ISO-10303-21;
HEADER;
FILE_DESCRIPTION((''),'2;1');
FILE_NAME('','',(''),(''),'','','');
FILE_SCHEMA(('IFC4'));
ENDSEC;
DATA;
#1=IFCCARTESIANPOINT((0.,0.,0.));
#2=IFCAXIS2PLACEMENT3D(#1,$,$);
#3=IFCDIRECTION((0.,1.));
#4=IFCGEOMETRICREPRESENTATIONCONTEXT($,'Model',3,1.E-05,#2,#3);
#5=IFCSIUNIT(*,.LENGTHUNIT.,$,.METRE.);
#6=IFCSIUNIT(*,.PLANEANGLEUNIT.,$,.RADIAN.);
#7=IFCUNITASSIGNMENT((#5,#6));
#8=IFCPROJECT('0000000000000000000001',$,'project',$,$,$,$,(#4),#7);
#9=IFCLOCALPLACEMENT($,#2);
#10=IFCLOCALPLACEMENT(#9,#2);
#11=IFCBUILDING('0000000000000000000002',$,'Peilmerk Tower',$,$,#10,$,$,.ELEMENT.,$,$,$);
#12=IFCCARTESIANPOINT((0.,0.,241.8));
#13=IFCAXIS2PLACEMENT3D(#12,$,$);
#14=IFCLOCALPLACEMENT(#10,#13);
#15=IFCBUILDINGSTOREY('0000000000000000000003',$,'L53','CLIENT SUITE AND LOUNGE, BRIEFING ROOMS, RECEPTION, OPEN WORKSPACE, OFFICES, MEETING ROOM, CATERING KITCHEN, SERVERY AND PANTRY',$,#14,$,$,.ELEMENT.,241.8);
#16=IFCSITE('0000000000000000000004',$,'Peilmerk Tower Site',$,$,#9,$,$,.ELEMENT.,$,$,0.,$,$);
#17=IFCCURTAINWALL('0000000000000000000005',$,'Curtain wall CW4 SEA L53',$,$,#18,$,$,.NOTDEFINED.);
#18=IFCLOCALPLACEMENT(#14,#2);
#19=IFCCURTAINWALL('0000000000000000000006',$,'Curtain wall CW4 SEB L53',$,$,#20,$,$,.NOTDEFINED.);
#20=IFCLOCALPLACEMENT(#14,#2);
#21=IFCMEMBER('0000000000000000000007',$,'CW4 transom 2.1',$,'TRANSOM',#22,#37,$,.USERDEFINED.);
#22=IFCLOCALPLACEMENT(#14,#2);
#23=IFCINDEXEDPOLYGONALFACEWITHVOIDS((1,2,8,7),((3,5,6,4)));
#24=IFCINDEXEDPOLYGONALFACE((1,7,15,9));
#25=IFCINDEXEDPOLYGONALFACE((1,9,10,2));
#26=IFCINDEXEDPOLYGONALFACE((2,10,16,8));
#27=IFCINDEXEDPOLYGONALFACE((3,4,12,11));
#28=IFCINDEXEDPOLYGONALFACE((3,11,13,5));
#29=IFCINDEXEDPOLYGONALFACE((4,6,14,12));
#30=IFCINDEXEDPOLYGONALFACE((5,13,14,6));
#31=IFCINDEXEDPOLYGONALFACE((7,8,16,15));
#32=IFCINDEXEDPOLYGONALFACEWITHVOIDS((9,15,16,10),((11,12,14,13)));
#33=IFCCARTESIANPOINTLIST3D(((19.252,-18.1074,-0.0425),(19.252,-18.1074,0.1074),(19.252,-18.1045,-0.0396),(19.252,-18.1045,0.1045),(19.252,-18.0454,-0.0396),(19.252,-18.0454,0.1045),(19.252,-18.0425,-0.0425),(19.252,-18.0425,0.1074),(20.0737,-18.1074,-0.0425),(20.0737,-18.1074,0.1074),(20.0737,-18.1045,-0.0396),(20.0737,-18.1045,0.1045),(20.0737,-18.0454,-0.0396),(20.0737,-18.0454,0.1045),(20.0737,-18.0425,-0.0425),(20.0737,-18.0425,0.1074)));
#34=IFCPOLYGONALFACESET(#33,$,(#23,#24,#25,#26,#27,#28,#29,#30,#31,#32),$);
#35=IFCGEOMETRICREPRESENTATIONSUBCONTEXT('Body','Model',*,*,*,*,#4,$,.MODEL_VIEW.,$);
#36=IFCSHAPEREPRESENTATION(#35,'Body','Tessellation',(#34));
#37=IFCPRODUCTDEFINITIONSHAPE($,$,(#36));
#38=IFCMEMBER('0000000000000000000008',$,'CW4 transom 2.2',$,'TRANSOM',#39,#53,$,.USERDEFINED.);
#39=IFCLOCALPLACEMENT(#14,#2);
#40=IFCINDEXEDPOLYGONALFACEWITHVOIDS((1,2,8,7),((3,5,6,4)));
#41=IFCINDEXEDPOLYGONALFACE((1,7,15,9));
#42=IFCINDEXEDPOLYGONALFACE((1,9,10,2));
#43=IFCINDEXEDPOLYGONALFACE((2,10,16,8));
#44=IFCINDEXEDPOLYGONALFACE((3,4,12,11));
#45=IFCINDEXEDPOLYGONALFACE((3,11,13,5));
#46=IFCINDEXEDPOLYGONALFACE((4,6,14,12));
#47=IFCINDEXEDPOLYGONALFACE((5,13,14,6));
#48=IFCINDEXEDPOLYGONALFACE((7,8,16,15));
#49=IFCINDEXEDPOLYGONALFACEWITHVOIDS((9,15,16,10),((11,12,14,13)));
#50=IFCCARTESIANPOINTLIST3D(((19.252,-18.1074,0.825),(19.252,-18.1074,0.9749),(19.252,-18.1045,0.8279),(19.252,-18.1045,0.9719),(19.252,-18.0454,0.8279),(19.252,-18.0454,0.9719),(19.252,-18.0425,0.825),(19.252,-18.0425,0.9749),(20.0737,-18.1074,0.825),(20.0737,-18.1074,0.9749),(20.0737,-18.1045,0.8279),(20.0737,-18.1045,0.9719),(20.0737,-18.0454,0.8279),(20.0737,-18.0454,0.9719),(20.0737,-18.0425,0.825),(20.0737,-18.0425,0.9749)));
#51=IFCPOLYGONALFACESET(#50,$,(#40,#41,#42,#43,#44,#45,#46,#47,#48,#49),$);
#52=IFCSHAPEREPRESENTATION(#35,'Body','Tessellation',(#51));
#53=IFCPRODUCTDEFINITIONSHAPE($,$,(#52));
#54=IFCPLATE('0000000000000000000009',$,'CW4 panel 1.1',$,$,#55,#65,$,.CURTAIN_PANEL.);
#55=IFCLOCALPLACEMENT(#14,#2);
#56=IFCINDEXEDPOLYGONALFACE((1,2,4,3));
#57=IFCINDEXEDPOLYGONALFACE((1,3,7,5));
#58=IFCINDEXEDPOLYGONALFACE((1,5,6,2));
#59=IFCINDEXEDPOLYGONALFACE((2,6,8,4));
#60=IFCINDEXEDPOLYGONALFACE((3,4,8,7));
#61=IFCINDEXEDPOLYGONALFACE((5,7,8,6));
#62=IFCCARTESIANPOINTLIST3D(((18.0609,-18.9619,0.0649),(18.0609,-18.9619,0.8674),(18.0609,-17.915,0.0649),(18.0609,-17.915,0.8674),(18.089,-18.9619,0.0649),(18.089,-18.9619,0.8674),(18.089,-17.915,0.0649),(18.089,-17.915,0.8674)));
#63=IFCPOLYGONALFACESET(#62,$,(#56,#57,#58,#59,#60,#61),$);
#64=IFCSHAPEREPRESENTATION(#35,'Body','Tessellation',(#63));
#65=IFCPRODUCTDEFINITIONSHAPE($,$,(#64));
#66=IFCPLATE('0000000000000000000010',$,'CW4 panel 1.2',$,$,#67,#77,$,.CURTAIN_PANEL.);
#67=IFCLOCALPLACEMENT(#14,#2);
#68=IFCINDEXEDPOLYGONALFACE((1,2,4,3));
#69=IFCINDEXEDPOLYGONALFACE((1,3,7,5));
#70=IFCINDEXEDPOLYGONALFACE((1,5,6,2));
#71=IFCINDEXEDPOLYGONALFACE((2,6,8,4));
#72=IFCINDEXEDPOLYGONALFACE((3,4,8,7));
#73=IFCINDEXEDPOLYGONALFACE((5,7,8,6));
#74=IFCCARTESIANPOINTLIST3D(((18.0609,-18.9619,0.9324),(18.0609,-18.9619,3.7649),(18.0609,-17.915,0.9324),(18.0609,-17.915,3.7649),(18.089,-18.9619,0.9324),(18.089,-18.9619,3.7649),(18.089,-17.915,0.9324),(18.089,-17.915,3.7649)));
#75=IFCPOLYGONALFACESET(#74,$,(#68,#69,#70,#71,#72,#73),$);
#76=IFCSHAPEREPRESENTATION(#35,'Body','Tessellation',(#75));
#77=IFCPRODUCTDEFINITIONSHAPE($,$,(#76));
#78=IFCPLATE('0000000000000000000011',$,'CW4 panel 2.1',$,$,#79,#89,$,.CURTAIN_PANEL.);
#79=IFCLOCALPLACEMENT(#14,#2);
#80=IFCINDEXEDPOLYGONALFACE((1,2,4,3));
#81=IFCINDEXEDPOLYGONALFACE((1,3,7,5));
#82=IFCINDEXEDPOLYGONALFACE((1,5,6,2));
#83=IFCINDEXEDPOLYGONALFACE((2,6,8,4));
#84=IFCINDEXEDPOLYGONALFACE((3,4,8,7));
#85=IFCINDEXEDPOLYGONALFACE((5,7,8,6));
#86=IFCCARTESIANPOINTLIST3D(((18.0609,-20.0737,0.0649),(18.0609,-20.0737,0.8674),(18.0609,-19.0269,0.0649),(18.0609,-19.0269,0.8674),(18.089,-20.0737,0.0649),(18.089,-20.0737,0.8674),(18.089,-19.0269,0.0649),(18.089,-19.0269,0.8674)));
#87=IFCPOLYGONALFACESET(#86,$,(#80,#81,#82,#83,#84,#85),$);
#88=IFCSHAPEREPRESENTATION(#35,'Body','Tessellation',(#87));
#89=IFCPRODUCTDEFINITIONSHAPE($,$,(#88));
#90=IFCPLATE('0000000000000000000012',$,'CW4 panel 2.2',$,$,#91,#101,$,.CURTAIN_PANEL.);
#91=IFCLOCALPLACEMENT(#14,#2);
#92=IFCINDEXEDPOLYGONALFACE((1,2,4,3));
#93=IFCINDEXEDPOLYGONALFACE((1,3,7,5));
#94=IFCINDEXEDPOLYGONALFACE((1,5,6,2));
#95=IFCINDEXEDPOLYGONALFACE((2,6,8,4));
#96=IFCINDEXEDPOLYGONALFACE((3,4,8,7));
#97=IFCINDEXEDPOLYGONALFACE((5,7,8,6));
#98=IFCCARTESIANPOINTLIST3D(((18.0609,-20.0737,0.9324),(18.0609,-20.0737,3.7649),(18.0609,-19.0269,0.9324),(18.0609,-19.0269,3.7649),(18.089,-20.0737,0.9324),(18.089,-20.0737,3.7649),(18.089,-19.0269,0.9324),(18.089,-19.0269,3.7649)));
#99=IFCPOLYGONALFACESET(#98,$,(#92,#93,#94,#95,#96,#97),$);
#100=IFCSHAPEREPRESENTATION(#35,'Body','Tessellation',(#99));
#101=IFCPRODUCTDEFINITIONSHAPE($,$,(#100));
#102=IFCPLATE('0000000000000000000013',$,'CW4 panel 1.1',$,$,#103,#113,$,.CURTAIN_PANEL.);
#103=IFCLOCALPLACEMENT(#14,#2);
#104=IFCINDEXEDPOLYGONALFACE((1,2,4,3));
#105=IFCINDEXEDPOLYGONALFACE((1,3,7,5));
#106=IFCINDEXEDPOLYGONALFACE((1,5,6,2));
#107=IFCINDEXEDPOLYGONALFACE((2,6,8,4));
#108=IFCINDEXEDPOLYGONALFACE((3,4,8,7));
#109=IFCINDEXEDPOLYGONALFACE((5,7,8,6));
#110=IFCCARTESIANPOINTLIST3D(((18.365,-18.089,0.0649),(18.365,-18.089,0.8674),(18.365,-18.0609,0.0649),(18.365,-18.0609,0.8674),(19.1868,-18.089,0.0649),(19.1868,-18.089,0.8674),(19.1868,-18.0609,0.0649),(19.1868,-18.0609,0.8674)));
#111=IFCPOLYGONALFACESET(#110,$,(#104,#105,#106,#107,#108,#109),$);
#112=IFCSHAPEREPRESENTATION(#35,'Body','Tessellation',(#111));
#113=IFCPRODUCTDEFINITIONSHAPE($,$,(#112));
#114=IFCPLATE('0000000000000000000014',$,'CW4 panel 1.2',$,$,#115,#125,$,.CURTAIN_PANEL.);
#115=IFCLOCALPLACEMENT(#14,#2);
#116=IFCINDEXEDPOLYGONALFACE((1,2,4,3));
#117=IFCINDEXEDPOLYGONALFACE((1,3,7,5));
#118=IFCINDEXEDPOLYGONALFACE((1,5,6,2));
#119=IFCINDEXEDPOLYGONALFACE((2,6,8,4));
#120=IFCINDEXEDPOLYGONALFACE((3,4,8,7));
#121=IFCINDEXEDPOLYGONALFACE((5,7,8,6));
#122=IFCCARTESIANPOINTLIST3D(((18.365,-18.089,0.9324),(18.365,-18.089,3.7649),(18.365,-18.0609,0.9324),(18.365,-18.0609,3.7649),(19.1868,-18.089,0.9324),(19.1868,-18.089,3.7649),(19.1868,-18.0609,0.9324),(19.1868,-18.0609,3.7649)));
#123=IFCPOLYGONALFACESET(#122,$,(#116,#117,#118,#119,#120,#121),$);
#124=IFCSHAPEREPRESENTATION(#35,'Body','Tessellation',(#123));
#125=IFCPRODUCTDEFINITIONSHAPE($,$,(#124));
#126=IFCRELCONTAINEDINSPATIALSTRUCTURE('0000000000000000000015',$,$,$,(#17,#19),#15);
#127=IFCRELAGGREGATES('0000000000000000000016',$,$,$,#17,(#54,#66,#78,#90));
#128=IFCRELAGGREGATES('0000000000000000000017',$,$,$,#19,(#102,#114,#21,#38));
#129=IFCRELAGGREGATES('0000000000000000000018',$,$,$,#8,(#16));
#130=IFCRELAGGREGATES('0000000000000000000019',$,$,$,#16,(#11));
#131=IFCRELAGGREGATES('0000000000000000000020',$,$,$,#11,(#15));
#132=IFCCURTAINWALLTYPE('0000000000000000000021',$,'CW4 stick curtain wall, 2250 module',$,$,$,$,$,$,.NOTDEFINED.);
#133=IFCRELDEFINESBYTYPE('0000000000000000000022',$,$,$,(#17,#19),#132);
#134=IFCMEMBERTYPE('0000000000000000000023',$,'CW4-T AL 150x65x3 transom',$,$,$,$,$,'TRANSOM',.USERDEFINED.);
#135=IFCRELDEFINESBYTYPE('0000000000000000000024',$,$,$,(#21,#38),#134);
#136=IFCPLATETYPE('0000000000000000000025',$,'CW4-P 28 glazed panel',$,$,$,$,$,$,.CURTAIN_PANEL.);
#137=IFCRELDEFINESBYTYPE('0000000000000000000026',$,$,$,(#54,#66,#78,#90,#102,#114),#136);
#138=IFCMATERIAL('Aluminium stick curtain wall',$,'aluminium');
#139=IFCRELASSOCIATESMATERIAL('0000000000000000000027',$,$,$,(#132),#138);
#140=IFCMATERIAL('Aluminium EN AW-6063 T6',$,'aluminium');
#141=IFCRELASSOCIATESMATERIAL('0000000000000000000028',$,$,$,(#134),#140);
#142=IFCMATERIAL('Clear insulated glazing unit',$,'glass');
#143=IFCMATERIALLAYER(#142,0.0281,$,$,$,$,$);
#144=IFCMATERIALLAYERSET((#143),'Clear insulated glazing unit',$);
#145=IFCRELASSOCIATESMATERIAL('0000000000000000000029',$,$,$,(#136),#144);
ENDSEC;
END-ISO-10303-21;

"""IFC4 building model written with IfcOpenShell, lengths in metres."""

from ifc_helpers import new_model, si_unit, direction, frame, origin, origin_2d, place, context, subcontext, project, spatial, rectangle, hollow_rectangle, extrude, material, layer, layer_set, material_profile, profile_set, type_object, element, aggregate, save


model = new_model("IFC4")

# Units and contexts
model_context = context("Model", 3, precision=1e-05, world=origin(), true_north=direction((0.0, 1.0)))
body_context = subcontext(model_context, "Body", "Model", "MODEL_VIEW")
ifc_project = project(units=[si_unit("LENGTHUNIT", "METRE"), si_unit("PLANEANGLEUNIT", "RADIAN")], contexts=[model_context])

# Site, building, storey
site_placement = place(None, origin())
site = spatial("IfcSite", under=ifc_project, at=site_placement, Name="Peilmerk Tower Site", CompositionType="ELEMENT", RefElevation=0.0)
building_placement = place(site_placement, origin())
building = spatial("IfcBuilding", under=site, at=building_placement, Name="Peilmerk Tower", CompositionType="ELEMENT")
storey_placement = place(building_placement, frame((0.0, 0.0, 241.8)))
storey = spatial("IfcBuildingStorey", under=building, at=storey_placement, Name="L53", Description="CLIENT SUITE AND LOUNGE, BRIEFING ROOMS, RECEPTION, OPEN WORKSPACE, OFFICES, MEETING ROOM, CATERING KITCHEN, SERVERY AND PANTRY", CompositionType="ELEMENT", Elevation=241.8)

# Curtain walls
ifc_material_1 = material(Name="Aluminium stick curtain wall", Category="aluminium")
curtain_wall_type = type_object("IfcCurtainWallType", Name="CW4 stick curtain wall, 2250 module", PredefinedType="NOTDEFINED", material=ifc_material_1)
curtain_wall_1_placement = place(storey_placement, origin())
curtain_wall_1 = element("IfcCurtainWall", 1, at=curtain_wall_1_placement, inside=storey, type_object=curtain_wall_type, Name="Curtain wall CW4 SEA L53", PredefinedType="NOTDEFINED")
ifc_material_2 = material(Name="Aluminium EN AW-6063 T6", Category="aluminium")
curtain_wall_2_placement = place(storey_placement, origin())
curtain_wall_2 = element("IfcCurtainWall", 2, at=curtain_wall_2_placement, inside=storey, type_object=curtain_wall_type, Name="Curtain wall CW4 SEB L53", PredefinedType="NOTDEFINED")

# Members
ifc_material_profile_1 = material_profile(ifc_material_2, hollow_rectangle(XDim=0.0649, YDim=0.1499, WallThickness=0.0029, at=origin_2d()), Name="AL 150x65x3")
ifc_profile_set_1 = profile_set([ifc_material_profile_1], Name="Aluminium EN AW-6063 T6")
member_type_1 = type_object("IfcMemberType", Name="CW4-T AL 150x65x3 transom", ElementType="TRANSOM", PredefinedType="USERDEFINED", material=ifc_profile_set_1)
member_1_placement = place(storey_placement, frame((19.252, -18.075, 0.0325), z_axis=(1.0, 0.0, 0.0), x_axis=(0.0, 1.0, 0.0)))
member_1 = element("IfcMember", 3, at=member_1_placement, type_object=member_type_1, Name="CW4 transom 2.1", ObjectType="TRANSOM", PredefinedType="USERDEFINED", context=body_context, shape_type="SweptSolid", body=[
    extrude(hollow_rectangle(XDim=0.0649, YDim=0.1499, WallThickness=0.0029, at=origin_2d()), origin(), (0.0, 0.0, 1.0), 0.8218),
])
member_2_placement = place(storey_placement, frame((19.252, -18.075, 0.8999), z_axis=(1.0, 0.0, 0.0), x_axis=(0.0, 1.0, 0.0)))
member_2 = element("IfcMember", 4, at=member_2_placement, type_object=member_type_1, Name="CW4 transom 2.2", ObjectType="TRANSOM", PredefinedType="USERDEFINED", context=body_context, shape_type="SweptSolid", body=[
    extrude(hollow_rectangle(XDim=0.0649, YDim=0.1499, WallThickness=0.0029, at=origin_2d()), origin(), (0.0, 0.0, 1.0), 0.8218),
])

# Plates
ifc_material_3 = material(Name="Clear insulated glazing unit", Category="glass")
ifc_layer_1 = layer(ifc_material_3, 0.0281)
ifc_layer_set_1 = layer_set([ifc_layer_1], Name="Clear insulated glazing unit")
plate_type = type_object("IfcPlateType", Name="CW4-P 28 glazed panel", PredefinedType="CURTAIN_PANEL", material=ifc_layer_set_1)
plate_1_placement = place(storey_placement, frame((18.075, -18.4385, 0.0649), z_axis=(0.0, 0.0, 1.0), x_axis=(0.0, -1.0, 0.0)))
plate_1 = element("IfcPlate", 5, at=plate_1_placement, type_object=plate_type, Name="CW4 panel 1.1", PredefinedType="CURTAIN_PANEL", context=body_context, shape_type="SweptSolid", body=[
    extrude(rectangle(XDim=1.0469, YDim=0.0281, at=origin_2d()), origin(), (0.0, 0.0, 1.0), 0.8025),
])
plate_2_placement = place(storey_placement, frame((18.075, -18.4385, 0.9324), z_axis=(0.0, 0.0, 1.0), x_axis=(0.0, -1.0, 0.0)))
plate_2 = element("IfcPlate", 6, at=plate_2_placement, type_object=plate_type, Name="CW4 panel 1.2", PredefinedType="CURTAIN_PANEL", context=body_context, shape_type="SweptSolid", body=[
    extrude(rectangle(XDim=1.0469, YDim=0.0281, at=origin_2d()), origin(), (0.0, 0.0, 1.0), 2.8325),
])
plate_3_placement = place(storey_placement, frame((18.075, -19.5503, 0.0649), z_axis=(0.0, 0.0, 1.0), x_axis=(0.0, -1.0, 0.0)))
plate_3 = element("IfcPlate", 7, at=plate_3_placement, type_object=plate_type, Name="CW4 panel 2.1", PredefinedType="CURTAIN_PANEL", context=body_context, shape_type="SweptSolid", body=[
    extrude(rectangle(XDim=1.0469, YDim=0.0281, at=origin_2d()), origin(), (0.0, 0.0, 1.0), 0.8025),
])
plate_4_placement = place(storey_placement, frame((18.075, -19.5503, 0.9324), z_axis=(0.0, 0.0, 1.0), x_axis=(0.0, -1.0, 0.0)))
plate_4 = element("IfcPlate", 8, at=plate_4_placement, type_object=plate_type, Name="CW4 panel 2.2", PredefinedType="CURTAIN_PANEL", context=body_context, shape_type="SweptSolid", body=[
    extrude(rectangle(XDim=1.0469, YDim=0.0281, at=origin_2d()), origin(), (0.0, 0.0, 1.0), 2.8325),
])
aggregate(curtain_wall_1, [plate_1, plate_2, plate_3, plate_4])
plate_5_placement = place(storey_placement, frame((18.7759, -18.075, 0.0649), z_axis=(0.0, 0.0, 1.0), x_axis=(1.0, 0.0, 0.0)))
plate_5 = element("IfcPlate", 9, at=plate_5_placement, type_object=plate_type, Name="CW4 panel 1.1", PredefinedType="CURTAIN_PANEL", context=body_context, shape_type="SweptSolid", body=[
    extrude(rectangle(XDim=0.8218, YDim=0.0281, at=origin_2d()), origin(), (0.0, 0.0, 1.0), 0.8025),
])
plate_6_placement = place(storey_placement, frame((18.7759, -18.075, 0.9324), z_axis=(0.0, 0.0, 1.0), x_axis=(1.0, 0.0, 0.0)))
plate_6 = element("IfcPlate", 10, at=plate_6_placement, type_object=plate_type, Name="CW4 panel 1.2", PredefinedType="CURTAIN_PANEL", context=body_context, shape_type="SweptSolid", body=[
    extrude(rectangle(XDim=0.8218, YDim=0.0281, at=origin_2d()), origin(), (0.0, 0.0, 1.0), 2.8325),
])
aggregate(curtain_wall_2, [plate_5, plate_6, member_1, member_2])

save(model, "model.ifc")
